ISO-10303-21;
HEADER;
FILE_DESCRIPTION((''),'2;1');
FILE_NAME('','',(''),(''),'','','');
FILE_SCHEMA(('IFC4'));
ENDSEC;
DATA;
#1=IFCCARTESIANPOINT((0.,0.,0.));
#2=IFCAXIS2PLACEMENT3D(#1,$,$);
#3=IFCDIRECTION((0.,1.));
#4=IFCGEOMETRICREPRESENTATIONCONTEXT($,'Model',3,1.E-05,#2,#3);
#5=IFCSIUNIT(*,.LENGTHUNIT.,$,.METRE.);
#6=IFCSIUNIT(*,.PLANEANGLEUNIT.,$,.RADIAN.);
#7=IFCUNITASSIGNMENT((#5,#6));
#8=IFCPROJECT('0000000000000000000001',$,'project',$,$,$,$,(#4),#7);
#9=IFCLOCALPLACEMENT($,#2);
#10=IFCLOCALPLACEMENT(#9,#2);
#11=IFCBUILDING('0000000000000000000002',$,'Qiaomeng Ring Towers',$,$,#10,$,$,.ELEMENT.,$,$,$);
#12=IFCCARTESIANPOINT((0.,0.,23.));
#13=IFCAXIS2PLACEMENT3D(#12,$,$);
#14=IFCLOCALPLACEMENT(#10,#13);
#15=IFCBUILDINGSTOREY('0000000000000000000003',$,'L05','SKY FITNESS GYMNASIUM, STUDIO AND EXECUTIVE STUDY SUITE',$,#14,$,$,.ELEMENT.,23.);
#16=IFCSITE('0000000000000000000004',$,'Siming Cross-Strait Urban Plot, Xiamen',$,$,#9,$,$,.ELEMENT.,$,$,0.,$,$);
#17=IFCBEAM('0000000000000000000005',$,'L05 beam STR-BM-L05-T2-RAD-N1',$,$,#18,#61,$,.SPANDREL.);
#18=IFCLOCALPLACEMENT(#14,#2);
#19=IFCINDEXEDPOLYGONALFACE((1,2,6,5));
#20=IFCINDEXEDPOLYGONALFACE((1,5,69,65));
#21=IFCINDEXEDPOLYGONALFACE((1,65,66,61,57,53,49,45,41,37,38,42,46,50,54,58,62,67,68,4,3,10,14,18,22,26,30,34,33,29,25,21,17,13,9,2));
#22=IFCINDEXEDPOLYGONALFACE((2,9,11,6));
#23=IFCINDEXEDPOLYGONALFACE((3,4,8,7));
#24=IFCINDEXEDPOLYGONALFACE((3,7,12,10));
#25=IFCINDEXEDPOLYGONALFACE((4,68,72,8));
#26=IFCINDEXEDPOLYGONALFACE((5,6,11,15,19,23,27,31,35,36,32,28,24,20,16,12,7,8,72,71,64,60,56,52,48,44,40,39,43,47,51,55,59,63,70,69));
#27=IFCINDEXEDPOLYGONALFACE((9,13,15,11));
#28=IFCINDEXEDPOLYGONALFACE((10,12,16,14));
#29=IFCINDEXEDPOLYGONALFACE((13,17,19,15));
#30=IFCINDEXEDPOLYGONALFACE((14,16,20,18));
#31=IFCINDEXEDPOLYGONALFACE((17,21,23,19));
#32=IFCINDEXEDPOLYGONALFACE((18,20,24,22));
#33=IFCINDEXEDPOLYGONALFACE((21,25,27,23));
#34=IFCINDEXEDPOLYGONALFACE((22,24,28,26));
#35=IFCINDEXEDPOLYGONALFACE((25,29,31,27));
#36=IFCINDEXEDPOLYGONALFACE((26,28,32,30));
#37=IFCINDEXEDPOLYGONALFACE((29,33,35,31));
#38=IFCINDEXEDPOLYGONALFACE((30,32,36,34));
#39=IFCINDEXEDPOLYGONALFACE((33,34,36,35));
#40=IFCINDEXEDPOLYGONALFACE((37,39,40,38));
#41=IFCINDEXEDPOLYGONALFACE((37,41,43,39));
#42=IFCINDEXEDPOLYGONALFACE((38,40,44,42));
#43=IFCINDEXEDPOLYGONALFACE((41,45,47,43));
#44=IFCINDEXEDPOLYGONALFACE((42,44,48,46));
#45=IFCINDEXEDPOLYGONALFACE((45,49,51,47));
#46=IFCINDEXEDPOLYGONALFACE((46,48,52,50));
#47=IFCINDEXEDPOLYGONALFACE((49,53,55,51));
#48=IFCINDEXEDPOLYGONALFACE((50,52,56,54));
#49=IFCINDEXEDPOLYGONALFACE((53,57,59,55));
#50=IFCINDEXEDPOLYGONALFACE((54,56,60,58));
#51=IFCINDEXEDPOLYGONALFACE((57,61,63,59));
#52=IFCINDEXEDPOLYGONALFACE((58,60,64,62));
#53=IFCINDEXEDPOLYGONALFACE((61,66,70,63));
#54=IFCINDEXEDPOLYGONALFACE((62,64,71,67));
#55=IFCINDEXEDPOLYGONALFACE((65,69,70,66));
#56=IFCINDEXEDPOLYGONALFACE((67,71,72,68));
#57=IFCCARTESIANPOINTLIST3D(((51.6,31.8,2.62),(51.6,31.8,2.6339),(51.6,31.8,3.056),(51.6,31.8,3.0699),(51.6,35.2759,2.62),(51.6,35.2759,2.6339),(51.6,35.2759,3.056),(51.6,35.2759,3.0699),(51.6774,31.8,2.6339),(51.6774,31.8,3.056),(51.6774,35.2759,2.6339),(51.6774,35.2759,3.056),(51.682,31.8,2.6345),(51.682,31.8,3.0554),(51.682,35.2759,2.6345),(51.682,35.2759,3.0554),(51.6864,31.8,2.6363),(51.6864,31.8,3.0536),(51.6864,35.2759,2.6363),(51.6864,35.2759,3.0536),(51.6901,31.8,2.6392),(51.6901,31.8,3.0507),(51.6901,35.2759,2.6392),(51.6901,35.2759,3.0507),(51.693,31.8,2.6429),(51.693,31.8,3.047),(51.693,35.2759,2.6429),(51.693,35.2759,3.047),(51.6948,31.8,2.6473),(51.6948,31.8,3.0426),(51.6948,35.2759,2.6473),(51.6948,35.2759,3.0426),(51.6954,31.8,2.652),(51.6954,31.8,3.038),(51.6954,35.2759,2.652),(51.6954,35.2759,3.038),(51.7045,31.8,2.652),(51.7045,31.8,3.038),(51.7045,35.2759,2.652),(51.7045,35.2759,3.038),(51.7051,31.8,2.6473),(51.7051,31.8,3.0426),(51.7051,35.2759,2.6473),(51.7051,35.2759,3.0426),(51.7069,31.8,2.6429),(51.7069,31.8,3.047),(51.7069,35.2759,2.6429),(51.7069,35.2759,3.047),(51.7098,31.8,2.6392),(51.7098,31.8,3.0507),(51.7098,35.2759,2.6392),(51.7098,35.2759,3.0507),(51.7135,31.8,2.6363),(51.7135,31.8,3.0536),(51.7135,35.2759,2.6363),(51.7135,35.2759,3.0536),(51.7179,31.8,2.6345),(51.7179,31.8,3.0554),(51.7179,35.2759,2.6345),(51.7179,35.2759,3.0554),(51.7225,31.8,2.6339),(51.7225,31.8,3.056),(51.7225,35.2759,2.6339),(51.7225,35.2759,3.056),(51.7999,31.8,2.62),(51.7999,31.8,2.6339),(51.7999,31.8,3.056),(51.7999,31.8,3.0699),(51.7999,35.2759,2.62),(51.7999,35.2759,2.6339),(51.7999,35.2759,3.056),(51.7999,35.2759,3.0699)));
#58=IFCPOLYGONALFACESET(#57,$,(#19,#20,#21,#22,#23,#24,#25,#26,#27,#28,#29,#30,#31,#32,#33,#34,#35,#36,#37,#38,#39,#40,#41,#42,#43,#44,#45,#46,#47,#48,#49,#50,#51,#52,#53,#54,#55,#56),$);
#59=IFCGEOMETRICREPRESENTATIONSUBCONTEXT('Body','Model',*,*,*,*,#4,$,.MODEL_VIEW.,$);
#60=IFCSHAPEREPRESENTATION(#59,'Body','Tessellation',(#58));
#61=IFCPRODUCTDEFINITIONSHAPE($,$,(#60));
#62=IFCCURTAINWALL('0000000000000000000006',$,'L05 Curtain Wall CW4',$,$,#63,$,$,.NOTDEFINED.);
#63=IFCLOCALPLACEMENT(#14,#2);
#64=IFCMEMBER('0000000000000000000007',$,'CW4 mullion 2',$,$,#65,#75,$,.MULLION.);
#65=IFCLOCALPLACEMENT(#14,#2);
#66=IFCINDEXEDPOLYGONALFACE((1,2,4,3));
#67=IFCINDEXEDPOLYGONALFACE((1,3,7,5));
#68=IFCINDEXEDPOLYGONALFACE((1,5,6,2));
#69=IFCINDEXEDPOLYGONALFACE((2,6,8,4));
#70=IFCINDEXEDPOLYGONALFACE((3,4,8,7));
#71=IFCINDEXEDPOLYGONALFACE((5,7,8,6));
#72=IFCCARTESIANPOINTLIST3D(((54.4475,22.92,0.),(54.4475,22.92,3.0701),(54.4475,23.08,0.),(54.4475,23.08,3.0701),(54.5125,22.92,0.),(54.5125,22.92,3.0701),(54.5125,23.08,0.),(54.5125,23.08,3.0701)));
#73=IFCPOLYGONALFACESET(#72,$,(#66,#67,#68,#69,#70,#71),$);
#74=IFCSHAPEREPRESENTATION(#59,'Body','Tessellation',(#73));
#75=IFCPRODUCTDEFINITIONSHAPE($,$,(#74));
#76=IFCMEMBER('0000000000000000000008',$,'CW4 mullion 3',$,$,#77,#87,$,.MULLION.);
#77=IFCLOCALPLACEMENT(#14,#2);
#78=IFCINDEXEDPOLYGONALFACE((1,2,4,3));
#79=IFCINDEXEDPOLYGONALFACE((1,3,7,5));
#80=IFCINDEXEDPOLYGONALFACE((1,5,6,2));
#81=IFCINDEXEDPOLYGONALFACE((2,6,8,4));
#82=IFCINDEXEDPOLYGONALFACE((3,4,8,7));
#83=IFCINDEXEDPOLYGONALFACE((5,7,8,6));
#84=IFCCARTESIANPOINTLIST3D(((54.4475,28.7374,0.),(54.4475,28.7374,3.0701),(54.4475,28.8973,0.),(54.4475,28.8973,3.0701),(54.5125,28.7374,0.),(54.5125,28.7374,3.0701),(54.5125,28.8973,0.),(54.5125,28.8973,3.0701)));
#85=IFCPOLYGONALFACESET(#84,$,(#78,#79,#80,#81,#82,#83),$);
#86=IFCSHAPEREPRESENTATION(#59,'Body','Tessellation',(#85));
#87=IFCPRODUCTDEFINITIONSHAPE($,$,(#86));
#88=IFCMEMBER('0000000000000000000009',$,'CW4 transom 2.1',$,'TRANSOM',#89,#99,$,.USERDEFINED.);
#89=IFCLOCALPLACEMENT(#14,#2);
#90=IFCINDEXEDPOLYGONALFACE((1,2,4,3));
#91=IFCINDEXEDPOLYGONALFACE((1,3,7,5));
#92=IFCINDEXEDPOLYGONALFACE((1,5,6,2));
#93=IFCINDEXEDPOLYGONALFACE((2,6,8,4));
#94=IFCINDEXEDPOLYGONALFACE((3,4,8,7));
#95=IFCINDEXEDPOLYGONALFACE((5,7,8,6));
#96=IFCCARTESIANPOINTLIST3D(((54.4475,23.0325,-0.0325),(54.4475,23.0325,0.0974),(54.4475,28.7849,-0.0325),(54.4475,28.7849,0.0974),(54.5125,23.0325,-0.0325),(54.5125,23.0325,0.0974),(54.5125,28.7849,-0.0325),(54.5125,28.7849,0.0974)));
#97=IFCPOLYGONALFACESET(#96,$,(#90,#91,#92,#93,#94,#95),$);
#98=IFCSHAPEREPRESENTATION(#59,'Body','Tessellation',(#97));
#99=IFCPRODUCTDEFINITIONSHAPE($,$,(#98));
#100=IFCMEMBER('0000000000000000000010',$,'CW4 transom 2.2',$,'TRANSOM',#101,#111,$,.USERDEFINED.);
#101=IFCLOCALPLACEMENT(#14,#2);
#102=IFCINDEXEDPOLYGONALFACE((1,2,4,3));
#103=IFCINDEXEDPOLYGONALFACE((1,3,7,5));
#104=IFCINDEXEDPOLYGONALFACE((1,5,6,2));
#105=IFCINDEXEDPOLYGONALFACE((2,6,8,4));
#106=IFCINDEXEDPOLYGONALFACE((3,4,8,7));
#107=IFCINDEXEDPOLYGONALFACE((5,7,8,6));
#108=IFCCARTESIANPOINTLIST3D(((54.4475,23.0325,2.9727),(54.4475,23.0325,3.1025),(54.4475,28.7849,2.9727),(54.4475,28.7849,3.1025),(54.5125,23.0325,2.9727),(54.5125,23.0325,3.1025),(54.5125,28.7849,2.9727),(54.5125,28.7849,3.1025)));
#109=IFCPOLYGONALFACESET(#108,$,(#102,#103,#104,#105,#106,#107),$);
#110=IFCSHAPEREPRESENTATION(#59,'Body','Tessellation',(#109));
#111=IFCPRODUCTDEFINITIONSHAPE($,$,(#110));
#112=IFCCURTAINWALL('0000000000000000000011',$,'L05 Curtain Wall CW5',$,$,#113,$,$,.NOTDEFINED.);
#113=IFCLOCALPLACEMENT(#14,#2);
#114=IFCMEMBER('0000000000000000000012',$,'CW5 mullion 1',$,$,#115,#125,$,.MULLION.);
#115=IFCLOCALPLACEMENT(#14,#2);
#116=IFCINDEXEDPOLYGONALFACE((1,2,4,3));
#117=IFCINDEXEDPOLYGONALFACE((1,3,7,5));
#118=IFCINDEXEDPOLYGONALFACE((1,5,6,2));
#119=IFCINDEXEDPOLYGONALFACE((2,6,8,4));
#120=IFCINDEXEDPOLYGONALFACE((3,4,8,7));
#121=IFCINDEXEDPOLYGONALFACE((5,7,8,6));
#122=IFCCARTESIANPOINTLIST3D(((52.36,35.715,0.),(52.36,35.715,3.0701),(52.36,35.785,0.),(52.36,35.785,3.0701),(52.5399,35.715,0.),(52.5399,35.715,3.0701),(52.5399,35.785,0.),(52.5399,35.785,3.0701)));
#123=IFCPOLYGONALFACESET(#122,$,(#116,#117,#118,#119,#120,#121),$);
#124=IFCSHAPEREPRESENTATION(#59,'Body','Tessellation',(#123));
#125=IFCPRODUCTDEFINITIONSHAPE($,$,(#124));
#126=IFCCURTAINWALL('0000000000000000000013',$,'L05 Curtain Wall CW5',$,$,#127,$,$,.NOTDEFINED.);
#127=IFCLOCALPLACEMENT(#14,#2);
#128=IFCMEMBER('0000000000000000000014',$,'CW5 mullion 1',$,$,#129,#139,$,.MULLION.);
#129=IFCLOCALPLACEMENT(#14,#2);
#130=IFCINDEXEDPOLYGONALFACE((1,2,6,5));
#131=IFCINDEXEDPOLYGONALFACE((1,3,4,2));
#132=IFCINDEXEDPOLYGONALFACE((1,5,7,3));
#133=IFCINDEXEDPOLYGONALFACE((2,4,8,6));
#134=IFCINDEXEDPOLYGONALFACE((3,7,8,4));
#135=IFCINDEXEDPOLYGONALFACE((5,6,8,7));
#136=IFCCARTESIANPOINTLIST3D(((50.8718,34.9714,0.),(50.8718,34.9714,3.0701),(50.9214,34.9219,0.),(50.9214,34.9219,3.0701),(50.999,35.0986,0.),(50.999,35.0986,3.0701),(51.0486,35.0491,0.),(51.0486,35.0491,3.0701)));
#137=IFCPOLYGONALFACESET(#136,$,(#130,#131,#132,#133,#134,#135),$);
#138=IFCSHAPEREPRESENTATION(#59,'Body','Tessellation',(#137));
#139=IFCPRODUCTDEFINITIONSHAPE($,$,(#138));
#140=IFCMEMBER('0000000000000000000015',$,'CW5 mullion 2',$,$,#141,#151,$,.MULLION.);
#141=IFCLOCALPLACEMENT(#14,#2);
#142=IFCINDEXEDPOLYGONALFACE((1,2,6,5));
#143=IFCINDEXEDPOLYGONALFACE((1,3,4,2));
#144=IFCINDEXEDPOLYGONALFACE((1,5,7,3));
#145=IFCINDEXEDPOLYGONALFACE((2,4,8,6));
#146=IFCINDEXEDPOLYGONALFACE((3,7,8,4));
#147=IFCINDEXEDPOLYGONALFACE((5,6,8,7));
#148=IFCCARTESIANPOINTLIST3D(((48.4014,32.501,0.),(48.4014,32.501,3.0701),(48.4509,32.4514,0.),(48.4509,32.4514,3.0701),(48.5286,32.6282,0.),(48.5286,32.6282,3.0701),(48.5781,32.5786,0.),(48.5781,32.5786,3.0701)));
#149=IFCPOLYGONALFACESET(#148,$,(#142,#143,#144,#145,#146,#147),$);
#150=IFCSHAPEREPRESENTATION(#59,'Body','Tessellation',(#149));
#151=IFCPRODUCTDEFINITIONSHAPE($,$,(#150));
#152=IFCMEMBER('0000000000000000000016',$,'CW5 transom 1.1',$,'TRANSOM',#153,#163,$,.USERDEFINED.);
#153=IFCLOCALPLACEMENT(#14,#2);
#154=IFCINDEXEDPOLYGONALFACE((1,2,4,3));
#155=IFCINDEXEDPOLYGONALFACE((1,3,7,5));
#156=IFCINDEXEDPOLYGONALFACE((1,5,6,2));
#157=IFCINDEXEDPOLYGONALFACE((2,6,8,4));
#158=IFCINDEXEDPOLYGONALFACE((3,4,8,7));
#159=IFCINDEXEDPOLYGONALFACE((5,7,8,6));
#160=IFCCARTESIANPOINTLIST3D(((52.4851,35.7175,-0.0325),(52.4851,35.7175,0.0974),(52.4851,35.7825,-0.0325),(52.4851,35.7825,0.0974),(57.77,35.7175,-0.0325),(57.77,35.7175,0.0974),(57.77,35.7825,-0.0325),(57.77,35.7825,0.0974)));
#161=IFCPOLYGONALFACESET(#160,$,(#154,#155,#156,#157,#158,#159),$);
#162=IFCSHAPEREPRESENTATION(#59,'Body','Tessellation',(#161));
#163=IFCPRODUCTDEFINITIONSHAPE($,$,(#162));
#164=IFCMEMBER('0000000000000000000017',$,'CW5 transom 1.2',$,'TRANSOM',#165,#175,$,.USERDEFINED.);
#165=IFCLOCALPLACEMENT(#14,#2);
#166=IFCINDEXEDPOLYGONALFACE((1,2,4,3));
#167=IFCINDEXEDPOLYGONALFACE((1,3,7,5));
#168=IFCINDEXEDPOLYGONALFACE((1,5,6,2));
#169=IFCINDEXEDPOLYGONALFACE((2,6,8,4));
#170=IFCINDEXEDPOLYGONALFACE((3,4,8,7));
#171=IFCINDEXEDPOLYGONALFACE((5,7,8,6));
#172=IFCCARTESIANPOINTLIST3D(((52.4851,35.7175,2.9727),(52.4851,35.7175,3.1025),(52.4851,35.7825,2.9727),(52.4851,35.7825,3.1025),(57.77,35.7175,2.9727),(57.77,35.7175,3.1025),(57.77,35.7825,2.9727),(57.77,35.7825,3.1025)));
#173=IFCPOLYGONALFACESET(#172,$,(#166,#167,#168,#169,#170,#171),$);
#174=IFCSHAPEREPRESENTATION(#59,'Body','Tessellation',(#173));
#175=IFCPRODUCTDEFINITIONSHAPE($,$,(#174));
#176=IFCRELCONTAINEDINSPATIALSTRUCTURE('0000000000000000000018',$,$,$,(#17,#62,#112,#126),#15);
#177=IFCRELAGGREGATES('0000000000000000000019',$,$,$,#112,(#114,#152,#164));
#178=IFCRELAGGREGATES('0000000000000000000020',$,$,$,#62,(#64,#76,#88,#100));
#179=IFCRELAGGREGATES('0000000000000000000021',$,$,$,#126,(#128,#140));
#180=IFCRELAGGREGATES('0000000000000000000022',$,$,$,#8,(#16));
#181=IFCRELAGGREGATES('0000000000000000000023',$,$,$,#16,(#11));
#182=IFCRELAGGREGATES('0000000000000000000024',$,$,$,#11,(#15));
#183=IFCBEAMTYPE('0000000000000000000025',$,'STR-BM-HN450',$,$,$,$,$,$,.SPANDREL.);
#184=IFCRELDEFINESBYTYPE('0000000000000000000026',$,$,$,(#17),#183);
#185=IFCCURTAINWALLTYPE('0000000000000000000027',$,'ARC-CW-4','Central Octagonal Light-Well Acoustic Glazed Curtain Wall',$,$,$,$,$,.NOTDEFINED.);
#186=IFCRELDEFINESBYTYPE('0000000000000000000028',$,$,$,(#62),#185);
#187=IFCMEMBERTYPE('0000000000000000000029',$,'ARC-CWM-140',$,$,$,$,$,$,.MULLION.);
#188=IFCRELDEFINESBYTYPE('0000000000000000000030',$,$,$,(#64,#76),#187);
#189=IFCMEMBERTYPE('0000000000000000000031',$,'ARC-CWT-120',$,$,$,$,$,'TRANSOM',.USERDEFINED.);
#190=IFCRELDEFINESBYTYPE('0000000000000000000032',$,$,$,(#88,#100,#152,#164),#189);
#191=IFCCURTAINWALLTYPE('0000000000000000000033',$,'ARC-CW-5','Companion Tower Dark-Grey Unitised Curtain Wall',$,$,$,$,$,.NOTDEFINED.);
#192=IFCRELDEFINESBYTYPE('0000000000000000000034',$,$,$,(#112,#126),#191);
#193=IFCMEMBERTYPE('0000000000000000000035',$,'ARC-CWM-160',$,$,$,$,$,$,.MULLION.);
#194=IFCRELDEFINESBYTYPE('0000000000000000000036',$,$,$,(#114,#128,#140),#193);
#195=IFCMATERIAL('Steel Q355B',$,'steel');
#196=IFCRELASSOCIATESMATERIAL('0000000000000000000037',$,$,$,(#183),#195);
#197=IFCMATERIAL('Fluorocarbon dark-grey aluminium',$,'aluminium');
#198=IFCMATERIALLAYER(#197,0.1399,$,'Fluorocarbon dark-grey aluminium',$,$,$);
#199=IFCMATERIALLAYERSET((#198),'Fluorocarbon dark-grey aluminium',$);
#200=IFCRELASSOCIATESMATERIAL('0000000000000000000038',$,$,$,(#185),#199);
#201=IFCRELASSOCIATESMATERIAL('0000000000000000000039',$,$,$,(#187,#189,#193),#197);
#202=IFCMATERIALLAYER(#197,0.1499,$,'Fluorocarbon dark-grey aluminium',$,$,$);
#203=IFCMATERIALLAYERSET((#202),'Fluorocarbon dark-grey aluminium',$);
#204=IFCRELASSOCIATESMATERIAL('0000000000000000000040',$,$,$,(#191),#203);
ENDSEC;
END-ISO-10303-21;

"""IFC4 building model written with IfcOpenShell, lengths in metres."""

from ifc_helpers import new_model, si_unit, direction, frame, origin, origin_2d, place, context, subcontext, project, spatial, rectangle, i_section, extrude, source, transform, mapped, material, layer, layer_set, material_profile, profile_set, type_object, element, aggregate, save


model = new_model("IFC4")

# Units and contexts
model_context = context("Model", 3, precision=1e-05, world=origin(), true_north=direction((0.0, 1.0)))
body_context = subcontext(model_context, "Body", "Model", "MODEL_VIEW")
ifc_project = project(units=[si_unit("LENGTHUNIT", "METRE"), si_unit("PLANEANGLEUNIT", "RADIAN")], contexts=[model_context])

# Site, building, storey
site_placement = place(None, origin())
site = spatial("IfcSite", under=ifc_project, at=site_placement, Name="Siming Cross-Strait Urban Plot, Xiamen", CompositionType="ELEMENT", RefElevation=0.0)
building_placement = place(site_placement, origin())
building = spatial("IfcBuilding", under=site, at=building_placement, Name="Qiaomeng Ring Towers", CompositionType="ELEMENT")
storey_placement = place(building_placement, frame((0.0, 0.0, 23.0)))
storey = spatial("IfcBuildingStorey", under=building, at=storey_placement, Name="L05", Description="SKY FITNESS GYMNASIUM, STUDIO AND EXECUTIVE STUDY SUITE", CompositionType="ELEMENT", Elevation=23.0)

# Beam
ifc_material_1 = material(Name="Steel Q355B", Category="steel")
ifc_material_profile_1 = material_profile(ifc_material_1, i_section(OverallWidth=0.2, OverallDepth=0.45, WebThickness=0.009, FlangeThickness=0.0139, FilletRadius=0.0181, at=origin_2d()), Name="HN 450x200x9x14")
ifc_profile_set_1 = profile_set([ifc_material_profile_1], Name="Steel Q355B")
beam_type_1 = type_object("IfcBeamType", Name="STR-BM-HN450", PredefinedType="SPANDREL", material=ifc_profile_set_1)
shared_shape_1 = source(origin(), body_context, "Body", "SweptSolid", [
    extrude(i_section(OverallWidth=0.2, OverallDepth=0.45, WebThickness=0.009, FlangeThickness=0.0139, FilletRadius=0.0181, at=origin_2d()), origin(), (0.0, 0.0, 1.0), 3.4758),
])
beam_1_placement = place(storey_placement, frame((51.7, 35.2759, 2.845), z_axis=(0.0, -1.0, 0.0), x_axis=(1.0, 0.0, 0.0)))
element("IfcBeam", 1, at=beam_1_placement, inside=storey, type_object=beam_type_1, Name="L05 beam STR-BM-L05-T2-RAD-N1", PredefinedType="SPANDREL", context=body_context, shape_type="MappedRepresentation", body=[
    mapped(shared_shape_1, transform((0.0, 0.0, 0.0), x_axis=(1.0, 0.0, 0.0), y_axis=(0.0, 1.0, 0.0), z_axis=(0.0, 0.0, 1.0), scale=1.0)),
])

# Curtain wall, members
ifc_material_2 = material(Name="Fluorocarbon dark-grey aluminium", Category="aluminium")
ifc_layer_1 = layer(ifc_material_2, 0.1399, Name="Fluorocarbon dark-grey aluminium")
ifc_layer_set_1 = layer_set([ifc_layer_1], Name="Fluorocarbon dark-grey aluminium")
curtain_wall_type_1 = type_object("IfcCurtainWallType", Name="ARC-CW-4", Description="Central Octagonal Light-Well Acoustic Glazed Curtain Wall", PredefinedType="NOTDEFINED", material=ifc_layer_set_1)
curtain_wall_1_placement = place(storey_placement, origin())
curtain_wall_1 = element("IfcCurtainWall", 2, at=curtain_wall_1_placement, inside=storey, type_object=curtain_wall_type_1, Name="L05 Curtain Wall CW4", PredefinedType="NOTDEFINED")
ifc_material_profile_2 = material_profile(ifc_material_2, rectangle(XDim=0.0649, YDim=0.1599, at=origin_2d()), Name="ALU MULL 65x160")
ifc_profile_set_2 = profile_set([ifc_material_profile_2], Name="Fluorocarbon dark-grey aluminium")
member_type_1 = type_object("IfcMemberType", Name="ARC-CWM-140", PredefinedType="MULLION", material=ifc_profile_set_2)
shared_shape_2 = source(origin(), body_context, "Body", "SweptSolid", [
    extrude(rectangle(XDim=0.0649, YDim=0.1599, at=origin_2d()), origin(), (0.0, 0.0, 1.0), 3.0701),
])
member_1_placement = place(storey_placement, frame((54.48, 23.0, 0.0), z_axis=(0.0, 0.0, 1.0), x_axis=(-1.0, 0.0, 0.0)))
member_1 = element("IfcMember", 3, at=member_1_placement, type_object=member_type_1, Name="CW4 mullion 2", PredefinedType="MULLION", context=body_context, shape_type="MappedRepresentation", body=[
    mapped(shared_shape_2, transform((0.0, 0.0, 0.0), x_axis=(1.0, 0.0, 0.0), y_axis=(0.0, 1.0, 0.0), z_axis=(0.0, 0.0, 1.0), scale=1.0)),
])
member_2_placement = place(storey_placement, frame((54.48, 28.8174, 0.0), z_axis=(0.0, 0.0, 1.0), x_axis=(-1.0, 0.0, 0.0)))
member_2 = element("IfcMember", 4, at=member_2_placement, type_object=member_type_1, Name="CW4 mullion 3", PredefinedType="MULLION", context=body_context, shape_type="MappedRepresentation", body=[
    mapped(shared_shape_2, transform((0.0, 0.0, 0.0), x_axis=(1.0, 0.0, 0.0), y_axis=(0.0, 1.0, 0.0), z_axis=(0.0, 0.0, 1.0), scale=1.0)),
])
ifc_material_profile_3 = material_profile(ifc_material_2, rectangle(XDim=0.0649, YDim=0.1299, at=origin_2d()), Name="ALU TRAN 65x130")
ifc_profile_set_3 = profile_set([ifc_material_profile_3], Name="Fluorocarbon dark-grey aluminium")
member_type_2 = type_object("IfcMemberType", Name="ARC-CWT-120", ElementType="TRANSOM", PredefinedType="USERDEFINED", material=ifc_profile_set_3)
shared_shape_3 = source(origin(), body_context, "Body", "SweptSolid", [
    extrude(rectangle(XDim=0.0649, YDim=0.1299, at=origin_2d()), origin(), (0.0, 0.0, 1.0), 5.7524),
])
member_3_placement = place(storey_placement, frame((54.48, 23.0325, 0.0325), z_axis=(0.0, 1.0, 0.0), x_axis=(-1.0, 0.0, 0.0)))
member_3 = element("IfcMember", 5, at=member_3_placement, type_object=member_type_2, Name="CW4 transom 2.1", ObjectType="TRANSOM", PredefinedType="USERDEFINED", context=body_context, shape_type="MappedRepresentation", body=[
    mapped(shared_shape_3, transform((0.0, 0.0, 0.0), x_axis=(1.0, 0.0, 0.0), y_axis=(0.0, 1.0, 0.0), z_axis=(0.0, 0.0, 1.0), scale=1.0)),
])
member_4_placement = place(storey_placement, frame((54.48, 23.0325, 3.0376), z_axis=(0.0, 1.0, 0.0), x_axis=(-1.0, 0.0, 0.0)))
member_4 = element("IfcMember", 6, at=member_4_placement, type_object=member_type_2, Name="CW4 transom 2.2", ObjectType="TRANSOM", PredefinedType="USERDEFINED", context=body_context, shape_type="MappedRepresentation", body=[
    mapped(shared_shape_3, transform((0.0, 0.0, 0.0), x_axis=(1.0, 0.0, 0.0), y_axis=(0.0, 1.0, 0.0), z_axis=(0.0, 0.0, 1.0), scale=1.0)),
])

# Curtain wall, member
ifc_layer_2 = layer(ifc_material_2, 0.1499, Name="Fluorocarbon dark-grey aluminium")
ifc_layer_set_2 = layer_set([ifc_layer_2], Name="Fluorocarbon dark-grey aluminium")
curtain_wall_type_2 = type_object("IfcCurtainWallType", Name="ARC-CW-5", Description="Companion Tower Dark-Grey Unitised Curtain Wall", PredefinedType="NOTDEFINED", material=ifc_layer_set_2)
curtain_wall_2_placement = place(storey_placement, origin())
curtain_wall_2 = element("IfcCurtainWall", 7, at=curtain_wall_2_placement, inside=storey, type_object=curtain_wall_type_2, Name="L05 Curtain Wall CW5", PredefinedType="NOTDEFINED")
ifc_material_profile_4 = material_profile(ifc_material_2, rectangle(XDim=0.0701, YDim=0.1799, at=origin_2d()), Name="ALU MULL 70x180")
ifc_profile_set_4 = profile_set([ifc_material_profile_4], Name="Fluorocarbon dark-grey aluminium")
member_type_3 = type_object("IfcMemberType", Name="ARC-CWM-160", PredefinedType="MULLION", material=ifc_profile_set_4)
shared_shape_4 = source(origin(), body_context, "Body", "SweptSolid", [
    extrude(rectangle(XDim=0.0701, YDim=0.1799, at=origin_2d()), origin(), (0.0, 0.0, 1.0), 3.0701),
])
member_5_placement = place(storey_placement, frame((52.45, 35.75, 0.0), z_axis=(0.0, 0.0, 1.0), x_axis=(0.0, 1.0, 0.0)))
member_5 = element("IfcMember", 8, at=member_5_placement, type_object=member_type_3, Name="CW5 mullion 1", PredefinedType="MULLION", context=body_context, shape_type="MappedRepresentation", body=[
    mapped(shared_shape_4, transform((0.0, 0.0, 0.0), x_axis=(1.0, 0.0, 0.0), y_axis=(0.0, 1.0, 0.0), z_axis=(0.0, 0.0, 1.0), scale=1.0)),
])

# Curtain wall, members
curtain_wall_3_placement = place(storey_placement, origin())
curtain_wall_3 = element("IfcCurtainWall", 9, at=curtain_wall_3_placement, inside=storey, type_object=curtain_wall_type_2, Name="L05 Curtain Wall CW5", PredefinedType="NOTDEFINED")
member_6_placement = place(storey_placement, frame((50.9602, 35.0103, 0.0), z_axis=(0.0, 0.0, 1.0), x_axis=(0.707107, -0.707107, 0.0)))
member_6 = element("IfcMember", 10, at=member_6_placement, type_object=member_type_3, Name="CW5 mullion 1", PredefinedType="MULLION", context=body_context, shape_type="MappedRepresentation", body=[
    mapped(shared_shape_4, transform((0.0, 0.0, 0.0), x_axis=(1.0, 0.0, 0.0), y_axis=(0.0, 1.0, 0.0), z_axis=(0.0, 0.0, 1.0), scale=1.0)),
])
member_7_placement = place(storey_placement, frame((48.4897, 32.5398, 0.0), z_axis=(0.0, 0.0, 1.0), x_axis=(0.707107, -0.707107, 0.0)))
member_7 = element("IfcMember", 11, at=member_7_placement, type_object=member_type_3, Name="CW5 mullion 2", PredefinedType="MULLION", context=body_context, shape_type="MappedRepresentation", body=[
    mapped(shared_shape_4, transform((0.0, 0.0, 0.0), x_axis=(1.0, 0.0, 0.0), y_axis=(0.0, 1.0, 0.0), z_axis=(0.0, 0.0, 1.0), scale=1.0)),
])

# Members
shared_shape_5 = source(origin(), body_context, "Body", "SweptSolid", [
    extrude(rectangle(XDim=0.0649, YDim=0.1299, at=origin_2d()), origin(), (0.0, 0.0, 1.0), 5.2849),
])
member_8_placement = place(storey_placement, frame((52.4851, 35.75, 0.0325), z_axis=(1.0, 0.0, 0.0), x_axis=(0.0, 1.0, 0.0)))
member_8 = element("IfcMember", 12, at=member_8_placement, type_object=member_type_2, Name="CW5 transom 1.1", ObjectType="TRANSOM", PredefinedType="USERDEFINED", context=body_context, shape_type="MappedRepresentation", body=[
    mapped(shared_shape_5, transform((0.0, 0.0, 0.0), x_axis=(1.0, 0.0, 0.0), y_axis=(0.0, 1.0, 0.0), z_axis=(0.0, 0.0, 1.0), scale=1.0)),
])
member_9_placement = place(storey_placement, frame((52.4851, 35.75, 3.0376), z_axis=(1.0, 0.0, 0.0), x_axis=(0.0, 1.0, 0.0)))
member_9 = element("IfcMember", 13, at=member_9_placement, type_object=member_type_2, Name="CW5 transom 1.2", ObjectType="TRANSOM", PredefinedType="USERDEFINED", context=body_context, shape_type="MappedRepresentation", body=[
    mapped(shared_shape_5, transform((0.0, 0.0, 0.0), x_axis=(1.0, 0.0, 0.0), y_axis=(0.0, 1.0, 0.0), z_axis=(0.0, 0.0, 1.0), scale=1.0)),
])
aggregate(curtain_wall_2, [member_5, member_8, member_9])

aggregate(curtain_wall_1, [member_1, member_2, member_3, member_4])
aggregate(curtain_wall_3, [member_6, member_7])

save(model, "model.ifc")
